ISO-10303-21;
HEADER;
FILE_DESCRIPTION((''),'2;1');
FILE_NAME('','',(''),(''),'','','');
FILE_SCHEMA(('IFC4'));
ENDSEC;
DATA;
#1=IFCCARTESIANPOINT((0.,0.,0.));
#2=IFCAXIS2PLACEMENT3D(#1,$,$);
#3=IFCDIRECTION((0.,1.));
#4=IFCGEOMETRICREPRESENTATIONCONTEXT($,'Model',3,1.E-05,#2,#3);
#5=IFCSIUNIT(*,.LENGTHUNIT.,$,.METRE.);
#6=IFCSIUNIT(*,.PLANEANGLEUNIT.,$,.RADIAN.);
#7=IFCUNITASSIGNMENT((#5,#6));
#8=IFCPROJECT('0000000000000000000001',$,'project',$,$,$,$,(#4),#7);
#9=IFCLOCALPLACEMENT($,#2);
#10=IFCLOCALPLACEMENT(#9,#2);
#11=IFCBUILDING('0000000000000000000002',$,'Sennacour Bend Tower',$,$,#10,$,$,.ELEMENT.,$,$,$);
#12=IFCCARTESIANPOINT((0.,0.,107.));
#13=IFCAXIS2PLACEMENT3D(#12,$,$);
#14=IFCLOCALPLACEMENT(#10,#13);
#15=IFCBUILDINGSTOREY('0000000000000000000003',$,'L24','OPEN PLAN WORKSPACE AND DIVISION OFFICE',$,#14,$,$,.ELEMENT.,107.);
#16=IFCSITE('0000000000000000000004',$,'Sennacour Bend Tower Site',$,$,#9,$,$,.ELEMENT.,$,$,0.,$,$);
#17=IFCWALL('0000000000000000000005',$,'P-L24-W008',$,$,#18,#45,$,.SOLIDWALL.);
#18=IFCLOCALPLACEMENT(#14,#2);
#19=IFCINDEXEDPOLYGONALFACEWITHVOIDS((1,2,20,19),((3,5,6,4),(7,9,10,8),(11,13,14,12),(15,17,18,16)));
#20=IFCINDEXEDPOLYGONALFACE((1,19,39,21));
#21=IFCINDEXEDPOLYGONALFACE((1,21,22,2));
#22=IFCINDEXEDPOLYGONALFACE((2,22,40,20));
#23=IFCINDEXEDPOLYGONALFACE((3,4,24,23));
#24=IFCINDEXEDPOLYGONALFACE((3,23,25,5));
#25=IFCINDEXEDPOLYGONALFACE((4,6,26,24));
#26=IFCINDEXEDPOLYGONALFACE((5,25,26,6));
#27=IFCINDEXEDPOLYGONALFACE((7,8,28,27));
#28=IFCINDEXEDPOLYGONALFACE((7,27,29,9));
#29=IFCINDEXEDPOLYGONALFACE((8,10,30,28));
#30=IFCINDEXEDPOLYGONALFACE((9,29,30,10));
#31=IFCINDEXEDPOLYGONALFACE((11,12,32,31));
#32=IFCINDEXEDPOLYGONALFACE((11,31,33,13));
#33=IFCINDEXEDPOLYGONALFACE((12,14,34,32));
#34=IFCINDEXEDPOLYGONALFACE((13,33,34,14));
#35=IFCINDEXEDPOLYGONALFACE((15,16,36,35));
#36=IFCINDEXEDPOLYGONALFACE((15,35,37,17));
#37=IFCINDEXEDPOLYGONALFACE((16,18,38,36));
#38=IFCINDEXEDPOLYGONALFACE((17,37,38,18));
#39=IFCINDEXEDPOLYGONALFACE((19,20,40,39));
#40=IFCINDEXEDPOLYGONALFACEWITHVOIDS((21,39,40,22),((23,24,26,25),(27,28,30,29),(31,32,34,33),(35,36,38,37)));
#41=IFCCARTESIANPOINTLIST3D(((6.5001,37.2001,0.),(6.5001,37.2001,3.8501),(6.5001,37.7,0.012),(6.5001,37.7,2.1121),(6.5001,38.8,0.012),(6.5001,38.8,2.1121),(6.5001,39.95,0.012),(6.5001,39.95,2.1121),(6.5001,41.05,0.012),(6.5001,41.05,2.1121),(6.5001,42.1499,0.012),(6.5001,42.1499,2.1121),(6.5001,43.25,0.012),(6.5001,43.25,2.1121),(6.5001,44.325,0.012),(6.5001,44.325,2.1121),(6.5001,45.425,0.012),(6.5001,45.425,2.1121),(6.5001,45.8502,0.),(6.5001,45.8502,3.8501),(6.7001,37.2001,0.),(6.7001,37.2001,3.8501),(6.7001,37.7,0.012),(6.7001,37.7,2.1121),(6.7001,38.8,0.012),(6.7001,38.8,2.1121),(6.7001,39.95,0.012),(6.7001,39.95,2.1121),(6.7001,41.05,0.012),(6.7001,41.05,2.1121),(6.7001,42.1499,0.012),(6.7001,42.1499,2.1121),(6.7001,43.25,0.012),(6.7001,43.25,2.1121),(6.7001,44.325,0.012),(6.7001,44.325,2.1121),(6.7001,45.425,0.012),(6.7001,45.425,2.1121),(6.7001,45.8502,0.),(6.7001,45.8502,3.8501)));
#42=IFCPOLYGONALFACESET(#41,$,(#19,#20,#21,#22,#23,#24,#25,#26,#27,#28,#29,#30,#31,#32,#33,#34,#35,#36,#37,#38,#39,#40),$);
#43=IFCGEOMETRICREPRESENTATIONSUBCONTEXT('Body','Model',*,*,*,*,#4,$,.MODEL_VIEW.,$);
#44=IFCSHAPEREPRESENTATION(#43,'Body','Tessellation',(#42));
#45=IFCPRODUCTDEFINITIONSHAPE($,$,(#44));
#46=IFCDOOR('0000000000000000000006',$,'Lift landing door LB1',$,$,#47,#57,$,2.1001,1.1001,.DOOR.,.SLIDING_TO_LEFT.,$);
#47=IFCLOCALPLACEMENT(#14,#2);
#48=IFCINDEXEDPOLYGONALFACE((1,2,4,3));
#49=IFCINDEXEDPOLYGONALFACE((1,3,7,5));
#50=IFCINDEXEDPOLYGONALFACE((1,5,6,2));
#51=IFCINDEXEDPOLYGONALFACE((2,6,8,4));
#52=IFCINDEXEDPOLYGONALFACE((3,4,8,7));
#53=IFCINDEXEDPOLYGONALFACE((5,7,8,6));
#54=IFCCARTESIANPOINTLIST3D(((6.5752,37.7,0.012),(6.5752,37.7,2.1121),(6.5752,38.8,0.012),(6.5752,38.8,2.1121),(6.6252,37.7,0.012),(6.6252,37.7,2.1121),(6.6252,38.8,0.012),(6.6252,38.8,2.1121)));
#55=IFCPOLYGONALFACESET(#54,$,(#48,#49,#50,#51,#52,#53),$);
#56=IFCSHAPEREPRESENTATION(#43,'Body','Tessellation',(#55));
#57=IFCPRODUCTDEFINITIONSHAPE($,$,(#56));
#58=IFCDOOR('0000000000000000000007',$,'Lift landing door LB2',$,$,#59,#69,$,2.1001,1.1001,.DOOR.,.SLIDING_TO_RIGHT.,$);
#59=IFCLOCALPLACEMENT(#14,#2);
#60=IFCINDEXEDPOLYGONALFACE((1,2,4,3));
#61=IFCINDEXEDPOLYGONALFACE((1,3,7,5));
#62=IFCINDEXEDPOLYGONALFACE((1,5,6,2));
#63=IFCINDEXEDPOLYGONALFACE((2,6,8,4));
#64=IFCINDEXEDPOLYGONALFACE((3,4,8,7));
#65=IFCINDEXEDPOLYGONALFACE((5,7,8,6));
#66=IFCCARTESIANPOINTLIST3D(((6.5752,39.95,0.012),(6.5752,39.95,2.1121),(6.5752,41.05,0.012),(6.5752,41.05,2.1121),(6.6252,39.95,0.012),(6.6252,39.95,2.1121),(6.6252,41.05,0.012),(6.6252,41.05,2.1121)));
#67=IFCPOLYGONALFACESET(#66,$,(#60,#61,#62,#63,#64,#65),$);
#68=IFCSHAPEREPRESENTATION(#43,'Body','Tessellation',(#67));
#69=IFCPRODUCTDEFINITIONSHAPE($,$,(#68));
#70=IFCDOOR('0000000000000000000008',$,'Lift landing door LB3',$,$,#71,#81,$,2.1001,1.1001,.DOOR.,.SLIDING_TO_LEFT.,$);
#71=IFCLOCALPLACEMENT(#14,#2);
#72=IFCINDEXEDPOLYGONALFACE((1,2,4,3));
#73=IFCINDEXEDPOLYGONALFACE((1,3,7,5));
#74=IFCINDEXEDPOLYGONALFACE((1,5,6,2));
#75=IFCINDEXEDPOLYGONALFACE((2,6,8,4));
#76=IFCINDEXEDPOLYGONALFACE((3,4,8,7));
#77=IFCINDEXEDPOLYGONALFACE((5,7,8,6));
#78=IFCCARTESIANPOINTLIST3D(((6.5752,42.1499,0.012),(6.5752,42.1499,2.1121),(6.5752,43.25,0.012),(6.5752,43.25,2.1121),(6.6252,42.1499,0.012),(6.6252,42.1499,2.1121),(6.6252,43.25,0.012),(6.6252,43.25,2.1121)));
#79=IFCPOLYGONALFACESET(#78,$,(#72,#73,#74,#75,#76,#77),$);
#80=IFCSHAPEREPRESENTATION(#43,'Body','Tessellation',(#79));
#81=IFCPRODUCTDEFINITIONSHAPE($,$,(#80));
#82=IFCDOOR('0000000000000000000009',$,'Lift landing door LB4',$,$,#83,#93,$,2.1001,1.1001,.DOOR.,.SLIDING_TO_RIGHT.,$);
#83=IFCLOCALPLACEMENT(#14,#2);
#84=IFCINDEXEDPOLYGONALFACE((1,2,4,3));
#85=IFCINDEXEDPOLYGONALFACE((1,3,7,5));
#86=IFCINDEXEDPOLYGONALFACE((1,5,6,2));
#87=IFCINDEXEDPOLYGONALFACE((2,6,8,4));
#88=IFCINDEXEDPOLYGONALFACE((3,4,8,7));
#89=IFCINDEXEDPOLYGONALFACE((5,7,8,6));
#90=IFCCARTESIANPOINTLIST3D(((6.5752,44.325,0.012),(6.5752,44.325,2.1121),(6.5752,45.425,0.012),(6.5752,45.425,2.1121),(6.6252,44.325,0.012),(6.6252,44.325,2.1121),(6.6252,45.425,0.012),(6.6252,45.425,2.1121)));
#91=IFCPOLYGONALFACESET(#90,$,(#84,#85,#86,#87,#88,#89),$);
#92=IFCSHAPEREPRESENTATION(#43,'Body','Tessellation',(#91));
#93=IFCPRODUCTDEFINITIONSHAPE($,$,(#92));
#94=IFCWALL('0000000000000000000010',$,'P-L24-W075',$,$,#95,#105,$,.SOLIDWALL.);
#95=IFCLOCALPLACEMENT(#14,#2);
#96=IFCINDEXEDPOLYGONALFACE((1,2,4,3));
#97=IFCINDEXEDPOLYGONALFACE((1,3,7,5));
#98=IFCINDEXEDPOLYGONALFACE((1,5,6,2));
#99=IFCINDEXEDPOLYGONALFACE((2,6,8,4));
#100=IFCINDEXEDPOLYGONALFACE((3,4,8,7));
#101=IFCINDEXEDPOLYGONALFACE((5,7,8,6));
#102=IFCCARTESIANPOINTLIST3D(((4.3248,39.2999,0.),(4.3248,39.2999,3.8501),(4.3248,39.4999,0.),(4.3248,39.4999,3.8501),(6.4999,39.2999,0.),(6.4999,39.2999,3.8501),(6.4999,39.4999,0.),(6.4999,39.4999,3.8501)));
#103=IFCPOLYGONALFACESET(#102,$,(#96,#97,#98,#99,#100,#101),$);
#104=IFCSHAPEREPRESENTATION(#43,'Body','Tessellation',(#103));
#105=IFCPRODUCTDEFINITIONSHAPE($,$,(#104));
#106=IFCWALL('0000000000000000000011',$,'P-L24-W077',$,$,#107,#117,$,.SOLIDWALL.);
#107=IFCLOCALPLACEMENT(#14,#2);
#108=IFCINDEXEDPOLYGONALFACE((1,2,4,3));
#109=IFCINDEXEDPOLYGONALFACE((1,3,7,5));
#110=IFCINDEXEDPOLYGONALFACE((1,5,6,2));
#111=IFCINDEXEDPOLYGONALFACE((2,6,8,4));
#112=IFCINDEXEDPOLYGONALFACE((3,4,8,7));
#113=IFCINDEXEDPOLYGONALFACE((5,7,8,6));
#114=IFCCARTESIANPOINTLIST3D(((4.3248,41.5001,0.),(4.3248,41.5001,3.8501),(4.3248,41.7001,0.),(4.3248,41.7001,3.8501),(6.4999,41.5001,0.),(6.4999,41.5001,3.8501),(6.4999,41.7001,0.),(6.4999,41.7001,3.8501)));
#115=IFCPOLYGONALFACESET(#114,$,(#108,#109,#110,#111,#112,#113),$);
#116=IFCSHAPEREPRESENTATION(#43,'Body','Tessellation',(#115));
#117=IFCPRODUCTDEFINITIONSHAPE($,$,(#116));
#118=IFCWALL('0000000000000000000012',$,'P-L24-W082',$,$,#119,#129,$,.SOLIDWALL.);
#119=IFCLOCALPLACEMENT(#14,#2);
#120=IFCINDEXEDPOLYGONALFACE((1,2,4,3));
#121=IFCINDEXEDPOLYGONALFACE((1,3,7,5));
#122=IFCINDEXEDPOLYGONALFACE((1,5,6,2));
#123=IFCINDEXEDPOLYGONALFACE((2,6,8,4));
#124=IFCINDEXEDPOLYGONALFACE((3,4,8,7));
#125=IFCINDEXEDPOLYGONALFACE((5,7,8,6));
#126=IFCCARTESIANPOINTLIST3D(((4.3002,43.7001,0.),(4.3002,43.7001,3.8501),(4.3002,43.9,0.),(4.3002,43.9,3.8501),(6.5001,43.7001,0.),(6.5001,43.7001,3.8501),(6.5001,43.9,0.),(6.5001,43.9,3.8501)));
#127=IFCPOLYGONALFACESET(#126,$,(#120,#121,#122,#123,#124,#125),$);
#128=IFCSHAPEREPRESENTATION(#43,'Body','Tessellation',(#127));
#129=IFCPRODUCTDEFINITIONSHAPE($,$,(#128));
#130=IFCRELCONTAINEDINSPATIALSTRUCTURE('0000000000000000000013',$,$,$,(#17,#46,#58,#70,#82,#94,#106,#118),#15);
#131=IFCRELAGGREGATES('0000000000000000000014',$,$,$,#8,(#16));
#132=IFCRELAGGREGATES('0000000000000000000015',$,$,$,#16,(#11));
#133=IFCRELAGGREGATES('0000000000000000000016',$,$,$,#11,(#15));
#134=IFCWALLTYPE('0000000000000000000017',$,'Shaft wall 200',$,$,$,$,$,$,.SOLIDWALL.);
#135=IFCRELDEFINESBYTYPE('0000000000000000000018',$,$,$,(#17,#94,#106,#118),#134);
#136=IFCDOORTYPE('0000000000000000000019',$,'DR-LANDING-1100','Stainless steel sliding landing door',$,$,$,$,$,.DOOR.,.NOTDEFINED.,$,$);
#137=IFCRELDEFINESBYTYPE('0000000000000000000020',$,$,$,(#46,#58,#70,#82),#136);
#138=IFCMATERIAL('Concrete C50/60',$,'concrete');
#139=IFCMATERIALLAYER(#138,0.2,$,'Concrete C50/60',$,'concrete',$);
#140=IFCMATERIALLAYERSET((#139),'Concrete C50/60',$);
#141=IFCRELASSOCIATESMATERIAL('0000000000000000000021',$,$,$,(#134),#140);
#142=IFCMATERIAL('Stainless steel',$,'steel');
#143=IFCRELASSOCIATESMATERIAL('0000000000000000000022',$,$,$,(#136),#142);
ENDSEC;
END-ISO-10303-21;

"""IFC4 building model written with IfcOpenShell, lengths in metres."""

from ifc_helpers import new_model, si_unit, direction, frame, frame_2d, origin, place, context, subcontext, project, spatial, rectangle, extrude, material, layer, layer_set, type_object, element, fill, save


model = new_model("IFC4")

# Units and contexts
model_context = context("Model", 3, precision=1e-05, world=origin(), true_north=direction((0.0, 1.0)))
body_context = subcontext(model_context, "Body", "Model", "MODEL_VIEW")
ifc_project = project(units=[si_unit("LENGTHUNIT", "METRE"), si_unit("PLANEANGLEUNIT", "RADIAN")], contexts=[model_context])

# Site, building, storey
site_placement = place(None, origin())
site = spatial("IfcSite", under=ifc_project, at=site_placement, Name="Sennacour Bend Tower Site", CompositionType="ELEMENT", RefElevation=0.0)
building_placement = place(site_placement, origin())
building = spatial("IfcBuilding", under=site, at=building_placement, Name="Sennacour Bend Tower", CompositionType="ELEMENT")
storey_placement = place(building_placement, frame((0.0, 0.0, 107.0)))
storey = spatial("IfcBuildingStorey", under=building, at=storey_placement, Name="L24", Description="OPEN PLAN WORKSPACE AND DIVISION OFFICE", CompositionType="ELEMENT", Elevation=107.0)

# Shared definitions
ifc_material_1 = material(Name="Concrete C50/60", Category="concrete")
ifc_layer_1 = layer(ifc_material_1, 0.2, Name="Concrete C50/60", Category="concrete")
ifc_layer_set_1 = layer_set([ifc_layer_1], Name="Concrete C50/60")
wall_type_1 = type_object("IfcWallType", Name="Shaft wall 200", PredefinedType="SOLIDWALL", material=ifc_layer_set_1)

# Wall, openings, doors
wall_1_placement = place(storey_placement, frame((6.6001, 37.2, 0.0), z_axis=(0.0, 0.0, 1.0), x_axis=(0.0, 1.0, 0.0)))
wall_1 = element("IfcWall", 1, at=wall_1_placement, inside=storey, type_object=wall_type_1, Name="P-L24-W008", PredefinedType="SOLIDWALL", context=body_context, shape_type="SweptSolid", body=[
    extrude(rectangle(XDim=8.6501, YDim=0.2, at=frame_2d((4.3252, 0.0))), origin(), (0.0, 0.0, 1.0), 3.8501),
])
opening_1_placement = place(wall_1_placement, frame((0.5, 0.0, 0.012)))
opening_1 = element("IfcOpeningElement", 2, at=opening_1_placement, cuts=wall_1, PredefinedType="OPENING", context=body_context, shape_type="SweptSolid", body=[
    extrude(rectangle(XDim=1.1001, YDim=2.1001, at=frame_2d((0.55, 1.05))), frame((0.0, 0.1099, 0.0), z_axis=(0.0, -1.0, 0.0), x_axis=(1.0, 0.0, 0.0)), (0.0, 0.0, 1.0), 0.22),
])
opening_2_placement = place(wall_1_placement, frame((2.75, 0.0, 0.012)))
opening_2 = element("IfcOpeningElement", 3, at=opening_2_placement, cuts=wall_1, PredefinedType="OPENING", context=body_context, shape_type="SweptSolid", body=[
    extrude(rectangle(XDim=1.1001, YDim=2.1001, at=frame_2d((0.55, 1.05))), frame((0.0, 0.1099, 0.0), z_axis=(0.0, -1.0, 0.0), x_axis=(1.0, 0.0, 0.0)), (0.0, 0.0, 1.0), 0.22),
])
opening_3_placement = place(wall_1_placement, frame((4.95, 0.0, 0.012)))
opening_3 = element("IfcOpeningElement", 4, at=opening_3_placement, cuts=wall_1, PredefinedType="OPENING", context=body_context, shape_type="SweptSolid", body=[
    extrude(rectangle(XDim=1.1001, YDim=2.1001, at=frame_2d((0.55, 1.05))), frame((0.0, 0.1099, 0.0), z_axis=(0.0, -1.0, 0.0), x_axis=(1.0, 0.0, 0.0)), (0.0, 0.0, 1.0), 0.22),
])
opening_4_placement = place(wall_1_placement, frame((7.125, 0.0, 0.012)))
opening_4 = element("IfcOpeningElement", 5, at=opening_4_placement, cuts=wall_1, PredefinedType="OPENING", context=body_context, shape_type="SweptSolid", body=[
    extrude(rectangle(XDim=1.1001, YDim=2.1001, at=frame_2d((0.55, 1.05))), frame((0.0, 0.1099, 0.0), z_axis=(0.0, -1.0, 0.0), x_axis=(1.0, 0.0, 0.0)), (0.0, 0.0, 1.0), 0.22),
])
ifc_material_2 = material(Name="Stainless steel", Category="steel")
door_type_1 = type_object("IfcDoorType", Name="DR-LANDING-1100", Description="Stainless steel sliding landing door", OperationType="NOTDEFINED", PredefinedType="DOOR", material=ifc_material_2)
door_1_placement = place(opening_1_placement, origin())
door_1 = element("IfcDoor", 6, at=door_1_placement, inside=storey, type_object=door_type_1, Name="Lift landing door LB1", OperationType="SLIDING_TO_LEFT", OverallHeight=2.1001, OverallWidth=1.1001, PredefinedType="DOOR", context=body_context, shape_type="SweptSolid", body=[
    extrude(rectangle(XDim=1.1001, YDim=2.1001, at=frame_2d((0.55, 1.05))), frame((0.0, 0.0249, 0.0), z_axis=(0.0, -1.0, 0.0), x_axis=(1.0, 0.0, 0.0)), (0.0, 0.0, 1.0), 0.05),
])
fill(opening_1, door_1)
door_2_placement = place(opening_2_placement, origin())
door_2 = element("IfcDoor", 7, at=door_2_placement, inside=storey, type_object=door_type_1, Name="Lift landing door LB2", OperationType="SLIDING_TO_RIGHT", OverallHeight=2.1001, OverallWidth=1.1001, PredefinedType="DOOR", context=body_context, shape_type="SweptSolid", body=[
    extrude(rectangle(XDim=1.1001, YDim=2.1001, at=frame_2d((0.55, 1.05))), frame((0.0, 0.0249, 0.0), z_axis=(0.0, -1.0, 0.0), x_axis=(1.0, 0.0, 0.0)), (0.0, 0.0, 1.0), 0.05),
])
fill(opening_2, door_2)
door_3_placement = place(opening_3_placement, origin())
door_3 = element("IfcDoor", 8, at=door_3_placement, inside=storey, type_object=door_type_1, Name="Lift landing door LB3", OperationType="SLIDING_TO_LEFT", OverallHeight=2.1001, OverallWidth=1.1001, PredefinedType="DOOR", context=body_context, shape_type="SweptSolid", body=[
    extrude(rectangle(XDim=1.1001, YDim=2.1001, at=frame_2d((0.55, 1.05))), frame((0.0, 0.0249, 0.0), z_axis=(0.0, -1.0, 0.0), x_axis=(1.0, 0.0, 0.0)), (0.0, 0.0, 1.0), 0.05),
])
fill(opening_3, door_3)
door_4_placement = place(opening_4_placement, origin())
door_4 = element("IfcDoor", 9, at=door_4_placement, inside=storey, type_object=door_type_1, Name="Lift landing door LB4", OperationType="SLIDING_TO_RIGHT", OverallHeight=2.1001, OverallWidth=1.1001, PredefinedType="DOOR", context=body_context, shape_type="SweptSolid", body=[
    extrude(rectangle(XDim=1.1001, YDim=2.1001, at=frame_2d((0.55, 1.05))), frame((0.0, 0.0249, 0.0), z_axis=(0.0, -1.0, 0.0), x_axis=(1.0, 0.0, 0.0)), (0.0, 0.0, 1.0), 0.05),
])
fill(opening_4, door_4)

# Walls
for number, where, z_axis, x_axis, name in (
    (10, (4.325, 39.3999, 0.0), (0.0, 0.0, 1.0), (1.0, 0.0, 0.0), "P-L24-W075"),
    (11, (4.325, 41.6001, 0.0), (0.0, 0.0, 1.0), (1.0, 0.0, 0.0), "P-L24-W077"),
):
    element("IfcWall", number, at=place(storey_placement, frame(where, z_axis=z_axis, x_axis=x_axis)), inside=storey, type_object=wall_type_1, Name=name, PredefinedType="SOLIDWALL", context=body_context, shape_type="SweptSolid", body=[
        extrude(rectangle(XDim=2.175, YDim=0.2, at=frame_2d((1.0874, 0.0))), origin(), (0.0, 0.0, 1.0), 3.8501),
    ])
wall_2_placement = place(storey_placement, frame((4.3, 43.8, 0.0), z_axis=(0.0, 0.0, 1.0), x_axis=(1.0, 0.0, 0.0)))
element("IfcWall", 12, at=wall_2_placement, inside=storey, type_object=wall_type_1, Name="P-L24-W082", PredefinedType="SOLIDWALL", context=body_context, shape_type="SweptSolid", body=[
    extrude(rectangle(XDim=2.2, YDim=0.2, at=frame_2d((1.1001, 0.0))), origin(), (0.0, 0.0, 1.0), 3.8501),
])

save(model, "model.ifc")
